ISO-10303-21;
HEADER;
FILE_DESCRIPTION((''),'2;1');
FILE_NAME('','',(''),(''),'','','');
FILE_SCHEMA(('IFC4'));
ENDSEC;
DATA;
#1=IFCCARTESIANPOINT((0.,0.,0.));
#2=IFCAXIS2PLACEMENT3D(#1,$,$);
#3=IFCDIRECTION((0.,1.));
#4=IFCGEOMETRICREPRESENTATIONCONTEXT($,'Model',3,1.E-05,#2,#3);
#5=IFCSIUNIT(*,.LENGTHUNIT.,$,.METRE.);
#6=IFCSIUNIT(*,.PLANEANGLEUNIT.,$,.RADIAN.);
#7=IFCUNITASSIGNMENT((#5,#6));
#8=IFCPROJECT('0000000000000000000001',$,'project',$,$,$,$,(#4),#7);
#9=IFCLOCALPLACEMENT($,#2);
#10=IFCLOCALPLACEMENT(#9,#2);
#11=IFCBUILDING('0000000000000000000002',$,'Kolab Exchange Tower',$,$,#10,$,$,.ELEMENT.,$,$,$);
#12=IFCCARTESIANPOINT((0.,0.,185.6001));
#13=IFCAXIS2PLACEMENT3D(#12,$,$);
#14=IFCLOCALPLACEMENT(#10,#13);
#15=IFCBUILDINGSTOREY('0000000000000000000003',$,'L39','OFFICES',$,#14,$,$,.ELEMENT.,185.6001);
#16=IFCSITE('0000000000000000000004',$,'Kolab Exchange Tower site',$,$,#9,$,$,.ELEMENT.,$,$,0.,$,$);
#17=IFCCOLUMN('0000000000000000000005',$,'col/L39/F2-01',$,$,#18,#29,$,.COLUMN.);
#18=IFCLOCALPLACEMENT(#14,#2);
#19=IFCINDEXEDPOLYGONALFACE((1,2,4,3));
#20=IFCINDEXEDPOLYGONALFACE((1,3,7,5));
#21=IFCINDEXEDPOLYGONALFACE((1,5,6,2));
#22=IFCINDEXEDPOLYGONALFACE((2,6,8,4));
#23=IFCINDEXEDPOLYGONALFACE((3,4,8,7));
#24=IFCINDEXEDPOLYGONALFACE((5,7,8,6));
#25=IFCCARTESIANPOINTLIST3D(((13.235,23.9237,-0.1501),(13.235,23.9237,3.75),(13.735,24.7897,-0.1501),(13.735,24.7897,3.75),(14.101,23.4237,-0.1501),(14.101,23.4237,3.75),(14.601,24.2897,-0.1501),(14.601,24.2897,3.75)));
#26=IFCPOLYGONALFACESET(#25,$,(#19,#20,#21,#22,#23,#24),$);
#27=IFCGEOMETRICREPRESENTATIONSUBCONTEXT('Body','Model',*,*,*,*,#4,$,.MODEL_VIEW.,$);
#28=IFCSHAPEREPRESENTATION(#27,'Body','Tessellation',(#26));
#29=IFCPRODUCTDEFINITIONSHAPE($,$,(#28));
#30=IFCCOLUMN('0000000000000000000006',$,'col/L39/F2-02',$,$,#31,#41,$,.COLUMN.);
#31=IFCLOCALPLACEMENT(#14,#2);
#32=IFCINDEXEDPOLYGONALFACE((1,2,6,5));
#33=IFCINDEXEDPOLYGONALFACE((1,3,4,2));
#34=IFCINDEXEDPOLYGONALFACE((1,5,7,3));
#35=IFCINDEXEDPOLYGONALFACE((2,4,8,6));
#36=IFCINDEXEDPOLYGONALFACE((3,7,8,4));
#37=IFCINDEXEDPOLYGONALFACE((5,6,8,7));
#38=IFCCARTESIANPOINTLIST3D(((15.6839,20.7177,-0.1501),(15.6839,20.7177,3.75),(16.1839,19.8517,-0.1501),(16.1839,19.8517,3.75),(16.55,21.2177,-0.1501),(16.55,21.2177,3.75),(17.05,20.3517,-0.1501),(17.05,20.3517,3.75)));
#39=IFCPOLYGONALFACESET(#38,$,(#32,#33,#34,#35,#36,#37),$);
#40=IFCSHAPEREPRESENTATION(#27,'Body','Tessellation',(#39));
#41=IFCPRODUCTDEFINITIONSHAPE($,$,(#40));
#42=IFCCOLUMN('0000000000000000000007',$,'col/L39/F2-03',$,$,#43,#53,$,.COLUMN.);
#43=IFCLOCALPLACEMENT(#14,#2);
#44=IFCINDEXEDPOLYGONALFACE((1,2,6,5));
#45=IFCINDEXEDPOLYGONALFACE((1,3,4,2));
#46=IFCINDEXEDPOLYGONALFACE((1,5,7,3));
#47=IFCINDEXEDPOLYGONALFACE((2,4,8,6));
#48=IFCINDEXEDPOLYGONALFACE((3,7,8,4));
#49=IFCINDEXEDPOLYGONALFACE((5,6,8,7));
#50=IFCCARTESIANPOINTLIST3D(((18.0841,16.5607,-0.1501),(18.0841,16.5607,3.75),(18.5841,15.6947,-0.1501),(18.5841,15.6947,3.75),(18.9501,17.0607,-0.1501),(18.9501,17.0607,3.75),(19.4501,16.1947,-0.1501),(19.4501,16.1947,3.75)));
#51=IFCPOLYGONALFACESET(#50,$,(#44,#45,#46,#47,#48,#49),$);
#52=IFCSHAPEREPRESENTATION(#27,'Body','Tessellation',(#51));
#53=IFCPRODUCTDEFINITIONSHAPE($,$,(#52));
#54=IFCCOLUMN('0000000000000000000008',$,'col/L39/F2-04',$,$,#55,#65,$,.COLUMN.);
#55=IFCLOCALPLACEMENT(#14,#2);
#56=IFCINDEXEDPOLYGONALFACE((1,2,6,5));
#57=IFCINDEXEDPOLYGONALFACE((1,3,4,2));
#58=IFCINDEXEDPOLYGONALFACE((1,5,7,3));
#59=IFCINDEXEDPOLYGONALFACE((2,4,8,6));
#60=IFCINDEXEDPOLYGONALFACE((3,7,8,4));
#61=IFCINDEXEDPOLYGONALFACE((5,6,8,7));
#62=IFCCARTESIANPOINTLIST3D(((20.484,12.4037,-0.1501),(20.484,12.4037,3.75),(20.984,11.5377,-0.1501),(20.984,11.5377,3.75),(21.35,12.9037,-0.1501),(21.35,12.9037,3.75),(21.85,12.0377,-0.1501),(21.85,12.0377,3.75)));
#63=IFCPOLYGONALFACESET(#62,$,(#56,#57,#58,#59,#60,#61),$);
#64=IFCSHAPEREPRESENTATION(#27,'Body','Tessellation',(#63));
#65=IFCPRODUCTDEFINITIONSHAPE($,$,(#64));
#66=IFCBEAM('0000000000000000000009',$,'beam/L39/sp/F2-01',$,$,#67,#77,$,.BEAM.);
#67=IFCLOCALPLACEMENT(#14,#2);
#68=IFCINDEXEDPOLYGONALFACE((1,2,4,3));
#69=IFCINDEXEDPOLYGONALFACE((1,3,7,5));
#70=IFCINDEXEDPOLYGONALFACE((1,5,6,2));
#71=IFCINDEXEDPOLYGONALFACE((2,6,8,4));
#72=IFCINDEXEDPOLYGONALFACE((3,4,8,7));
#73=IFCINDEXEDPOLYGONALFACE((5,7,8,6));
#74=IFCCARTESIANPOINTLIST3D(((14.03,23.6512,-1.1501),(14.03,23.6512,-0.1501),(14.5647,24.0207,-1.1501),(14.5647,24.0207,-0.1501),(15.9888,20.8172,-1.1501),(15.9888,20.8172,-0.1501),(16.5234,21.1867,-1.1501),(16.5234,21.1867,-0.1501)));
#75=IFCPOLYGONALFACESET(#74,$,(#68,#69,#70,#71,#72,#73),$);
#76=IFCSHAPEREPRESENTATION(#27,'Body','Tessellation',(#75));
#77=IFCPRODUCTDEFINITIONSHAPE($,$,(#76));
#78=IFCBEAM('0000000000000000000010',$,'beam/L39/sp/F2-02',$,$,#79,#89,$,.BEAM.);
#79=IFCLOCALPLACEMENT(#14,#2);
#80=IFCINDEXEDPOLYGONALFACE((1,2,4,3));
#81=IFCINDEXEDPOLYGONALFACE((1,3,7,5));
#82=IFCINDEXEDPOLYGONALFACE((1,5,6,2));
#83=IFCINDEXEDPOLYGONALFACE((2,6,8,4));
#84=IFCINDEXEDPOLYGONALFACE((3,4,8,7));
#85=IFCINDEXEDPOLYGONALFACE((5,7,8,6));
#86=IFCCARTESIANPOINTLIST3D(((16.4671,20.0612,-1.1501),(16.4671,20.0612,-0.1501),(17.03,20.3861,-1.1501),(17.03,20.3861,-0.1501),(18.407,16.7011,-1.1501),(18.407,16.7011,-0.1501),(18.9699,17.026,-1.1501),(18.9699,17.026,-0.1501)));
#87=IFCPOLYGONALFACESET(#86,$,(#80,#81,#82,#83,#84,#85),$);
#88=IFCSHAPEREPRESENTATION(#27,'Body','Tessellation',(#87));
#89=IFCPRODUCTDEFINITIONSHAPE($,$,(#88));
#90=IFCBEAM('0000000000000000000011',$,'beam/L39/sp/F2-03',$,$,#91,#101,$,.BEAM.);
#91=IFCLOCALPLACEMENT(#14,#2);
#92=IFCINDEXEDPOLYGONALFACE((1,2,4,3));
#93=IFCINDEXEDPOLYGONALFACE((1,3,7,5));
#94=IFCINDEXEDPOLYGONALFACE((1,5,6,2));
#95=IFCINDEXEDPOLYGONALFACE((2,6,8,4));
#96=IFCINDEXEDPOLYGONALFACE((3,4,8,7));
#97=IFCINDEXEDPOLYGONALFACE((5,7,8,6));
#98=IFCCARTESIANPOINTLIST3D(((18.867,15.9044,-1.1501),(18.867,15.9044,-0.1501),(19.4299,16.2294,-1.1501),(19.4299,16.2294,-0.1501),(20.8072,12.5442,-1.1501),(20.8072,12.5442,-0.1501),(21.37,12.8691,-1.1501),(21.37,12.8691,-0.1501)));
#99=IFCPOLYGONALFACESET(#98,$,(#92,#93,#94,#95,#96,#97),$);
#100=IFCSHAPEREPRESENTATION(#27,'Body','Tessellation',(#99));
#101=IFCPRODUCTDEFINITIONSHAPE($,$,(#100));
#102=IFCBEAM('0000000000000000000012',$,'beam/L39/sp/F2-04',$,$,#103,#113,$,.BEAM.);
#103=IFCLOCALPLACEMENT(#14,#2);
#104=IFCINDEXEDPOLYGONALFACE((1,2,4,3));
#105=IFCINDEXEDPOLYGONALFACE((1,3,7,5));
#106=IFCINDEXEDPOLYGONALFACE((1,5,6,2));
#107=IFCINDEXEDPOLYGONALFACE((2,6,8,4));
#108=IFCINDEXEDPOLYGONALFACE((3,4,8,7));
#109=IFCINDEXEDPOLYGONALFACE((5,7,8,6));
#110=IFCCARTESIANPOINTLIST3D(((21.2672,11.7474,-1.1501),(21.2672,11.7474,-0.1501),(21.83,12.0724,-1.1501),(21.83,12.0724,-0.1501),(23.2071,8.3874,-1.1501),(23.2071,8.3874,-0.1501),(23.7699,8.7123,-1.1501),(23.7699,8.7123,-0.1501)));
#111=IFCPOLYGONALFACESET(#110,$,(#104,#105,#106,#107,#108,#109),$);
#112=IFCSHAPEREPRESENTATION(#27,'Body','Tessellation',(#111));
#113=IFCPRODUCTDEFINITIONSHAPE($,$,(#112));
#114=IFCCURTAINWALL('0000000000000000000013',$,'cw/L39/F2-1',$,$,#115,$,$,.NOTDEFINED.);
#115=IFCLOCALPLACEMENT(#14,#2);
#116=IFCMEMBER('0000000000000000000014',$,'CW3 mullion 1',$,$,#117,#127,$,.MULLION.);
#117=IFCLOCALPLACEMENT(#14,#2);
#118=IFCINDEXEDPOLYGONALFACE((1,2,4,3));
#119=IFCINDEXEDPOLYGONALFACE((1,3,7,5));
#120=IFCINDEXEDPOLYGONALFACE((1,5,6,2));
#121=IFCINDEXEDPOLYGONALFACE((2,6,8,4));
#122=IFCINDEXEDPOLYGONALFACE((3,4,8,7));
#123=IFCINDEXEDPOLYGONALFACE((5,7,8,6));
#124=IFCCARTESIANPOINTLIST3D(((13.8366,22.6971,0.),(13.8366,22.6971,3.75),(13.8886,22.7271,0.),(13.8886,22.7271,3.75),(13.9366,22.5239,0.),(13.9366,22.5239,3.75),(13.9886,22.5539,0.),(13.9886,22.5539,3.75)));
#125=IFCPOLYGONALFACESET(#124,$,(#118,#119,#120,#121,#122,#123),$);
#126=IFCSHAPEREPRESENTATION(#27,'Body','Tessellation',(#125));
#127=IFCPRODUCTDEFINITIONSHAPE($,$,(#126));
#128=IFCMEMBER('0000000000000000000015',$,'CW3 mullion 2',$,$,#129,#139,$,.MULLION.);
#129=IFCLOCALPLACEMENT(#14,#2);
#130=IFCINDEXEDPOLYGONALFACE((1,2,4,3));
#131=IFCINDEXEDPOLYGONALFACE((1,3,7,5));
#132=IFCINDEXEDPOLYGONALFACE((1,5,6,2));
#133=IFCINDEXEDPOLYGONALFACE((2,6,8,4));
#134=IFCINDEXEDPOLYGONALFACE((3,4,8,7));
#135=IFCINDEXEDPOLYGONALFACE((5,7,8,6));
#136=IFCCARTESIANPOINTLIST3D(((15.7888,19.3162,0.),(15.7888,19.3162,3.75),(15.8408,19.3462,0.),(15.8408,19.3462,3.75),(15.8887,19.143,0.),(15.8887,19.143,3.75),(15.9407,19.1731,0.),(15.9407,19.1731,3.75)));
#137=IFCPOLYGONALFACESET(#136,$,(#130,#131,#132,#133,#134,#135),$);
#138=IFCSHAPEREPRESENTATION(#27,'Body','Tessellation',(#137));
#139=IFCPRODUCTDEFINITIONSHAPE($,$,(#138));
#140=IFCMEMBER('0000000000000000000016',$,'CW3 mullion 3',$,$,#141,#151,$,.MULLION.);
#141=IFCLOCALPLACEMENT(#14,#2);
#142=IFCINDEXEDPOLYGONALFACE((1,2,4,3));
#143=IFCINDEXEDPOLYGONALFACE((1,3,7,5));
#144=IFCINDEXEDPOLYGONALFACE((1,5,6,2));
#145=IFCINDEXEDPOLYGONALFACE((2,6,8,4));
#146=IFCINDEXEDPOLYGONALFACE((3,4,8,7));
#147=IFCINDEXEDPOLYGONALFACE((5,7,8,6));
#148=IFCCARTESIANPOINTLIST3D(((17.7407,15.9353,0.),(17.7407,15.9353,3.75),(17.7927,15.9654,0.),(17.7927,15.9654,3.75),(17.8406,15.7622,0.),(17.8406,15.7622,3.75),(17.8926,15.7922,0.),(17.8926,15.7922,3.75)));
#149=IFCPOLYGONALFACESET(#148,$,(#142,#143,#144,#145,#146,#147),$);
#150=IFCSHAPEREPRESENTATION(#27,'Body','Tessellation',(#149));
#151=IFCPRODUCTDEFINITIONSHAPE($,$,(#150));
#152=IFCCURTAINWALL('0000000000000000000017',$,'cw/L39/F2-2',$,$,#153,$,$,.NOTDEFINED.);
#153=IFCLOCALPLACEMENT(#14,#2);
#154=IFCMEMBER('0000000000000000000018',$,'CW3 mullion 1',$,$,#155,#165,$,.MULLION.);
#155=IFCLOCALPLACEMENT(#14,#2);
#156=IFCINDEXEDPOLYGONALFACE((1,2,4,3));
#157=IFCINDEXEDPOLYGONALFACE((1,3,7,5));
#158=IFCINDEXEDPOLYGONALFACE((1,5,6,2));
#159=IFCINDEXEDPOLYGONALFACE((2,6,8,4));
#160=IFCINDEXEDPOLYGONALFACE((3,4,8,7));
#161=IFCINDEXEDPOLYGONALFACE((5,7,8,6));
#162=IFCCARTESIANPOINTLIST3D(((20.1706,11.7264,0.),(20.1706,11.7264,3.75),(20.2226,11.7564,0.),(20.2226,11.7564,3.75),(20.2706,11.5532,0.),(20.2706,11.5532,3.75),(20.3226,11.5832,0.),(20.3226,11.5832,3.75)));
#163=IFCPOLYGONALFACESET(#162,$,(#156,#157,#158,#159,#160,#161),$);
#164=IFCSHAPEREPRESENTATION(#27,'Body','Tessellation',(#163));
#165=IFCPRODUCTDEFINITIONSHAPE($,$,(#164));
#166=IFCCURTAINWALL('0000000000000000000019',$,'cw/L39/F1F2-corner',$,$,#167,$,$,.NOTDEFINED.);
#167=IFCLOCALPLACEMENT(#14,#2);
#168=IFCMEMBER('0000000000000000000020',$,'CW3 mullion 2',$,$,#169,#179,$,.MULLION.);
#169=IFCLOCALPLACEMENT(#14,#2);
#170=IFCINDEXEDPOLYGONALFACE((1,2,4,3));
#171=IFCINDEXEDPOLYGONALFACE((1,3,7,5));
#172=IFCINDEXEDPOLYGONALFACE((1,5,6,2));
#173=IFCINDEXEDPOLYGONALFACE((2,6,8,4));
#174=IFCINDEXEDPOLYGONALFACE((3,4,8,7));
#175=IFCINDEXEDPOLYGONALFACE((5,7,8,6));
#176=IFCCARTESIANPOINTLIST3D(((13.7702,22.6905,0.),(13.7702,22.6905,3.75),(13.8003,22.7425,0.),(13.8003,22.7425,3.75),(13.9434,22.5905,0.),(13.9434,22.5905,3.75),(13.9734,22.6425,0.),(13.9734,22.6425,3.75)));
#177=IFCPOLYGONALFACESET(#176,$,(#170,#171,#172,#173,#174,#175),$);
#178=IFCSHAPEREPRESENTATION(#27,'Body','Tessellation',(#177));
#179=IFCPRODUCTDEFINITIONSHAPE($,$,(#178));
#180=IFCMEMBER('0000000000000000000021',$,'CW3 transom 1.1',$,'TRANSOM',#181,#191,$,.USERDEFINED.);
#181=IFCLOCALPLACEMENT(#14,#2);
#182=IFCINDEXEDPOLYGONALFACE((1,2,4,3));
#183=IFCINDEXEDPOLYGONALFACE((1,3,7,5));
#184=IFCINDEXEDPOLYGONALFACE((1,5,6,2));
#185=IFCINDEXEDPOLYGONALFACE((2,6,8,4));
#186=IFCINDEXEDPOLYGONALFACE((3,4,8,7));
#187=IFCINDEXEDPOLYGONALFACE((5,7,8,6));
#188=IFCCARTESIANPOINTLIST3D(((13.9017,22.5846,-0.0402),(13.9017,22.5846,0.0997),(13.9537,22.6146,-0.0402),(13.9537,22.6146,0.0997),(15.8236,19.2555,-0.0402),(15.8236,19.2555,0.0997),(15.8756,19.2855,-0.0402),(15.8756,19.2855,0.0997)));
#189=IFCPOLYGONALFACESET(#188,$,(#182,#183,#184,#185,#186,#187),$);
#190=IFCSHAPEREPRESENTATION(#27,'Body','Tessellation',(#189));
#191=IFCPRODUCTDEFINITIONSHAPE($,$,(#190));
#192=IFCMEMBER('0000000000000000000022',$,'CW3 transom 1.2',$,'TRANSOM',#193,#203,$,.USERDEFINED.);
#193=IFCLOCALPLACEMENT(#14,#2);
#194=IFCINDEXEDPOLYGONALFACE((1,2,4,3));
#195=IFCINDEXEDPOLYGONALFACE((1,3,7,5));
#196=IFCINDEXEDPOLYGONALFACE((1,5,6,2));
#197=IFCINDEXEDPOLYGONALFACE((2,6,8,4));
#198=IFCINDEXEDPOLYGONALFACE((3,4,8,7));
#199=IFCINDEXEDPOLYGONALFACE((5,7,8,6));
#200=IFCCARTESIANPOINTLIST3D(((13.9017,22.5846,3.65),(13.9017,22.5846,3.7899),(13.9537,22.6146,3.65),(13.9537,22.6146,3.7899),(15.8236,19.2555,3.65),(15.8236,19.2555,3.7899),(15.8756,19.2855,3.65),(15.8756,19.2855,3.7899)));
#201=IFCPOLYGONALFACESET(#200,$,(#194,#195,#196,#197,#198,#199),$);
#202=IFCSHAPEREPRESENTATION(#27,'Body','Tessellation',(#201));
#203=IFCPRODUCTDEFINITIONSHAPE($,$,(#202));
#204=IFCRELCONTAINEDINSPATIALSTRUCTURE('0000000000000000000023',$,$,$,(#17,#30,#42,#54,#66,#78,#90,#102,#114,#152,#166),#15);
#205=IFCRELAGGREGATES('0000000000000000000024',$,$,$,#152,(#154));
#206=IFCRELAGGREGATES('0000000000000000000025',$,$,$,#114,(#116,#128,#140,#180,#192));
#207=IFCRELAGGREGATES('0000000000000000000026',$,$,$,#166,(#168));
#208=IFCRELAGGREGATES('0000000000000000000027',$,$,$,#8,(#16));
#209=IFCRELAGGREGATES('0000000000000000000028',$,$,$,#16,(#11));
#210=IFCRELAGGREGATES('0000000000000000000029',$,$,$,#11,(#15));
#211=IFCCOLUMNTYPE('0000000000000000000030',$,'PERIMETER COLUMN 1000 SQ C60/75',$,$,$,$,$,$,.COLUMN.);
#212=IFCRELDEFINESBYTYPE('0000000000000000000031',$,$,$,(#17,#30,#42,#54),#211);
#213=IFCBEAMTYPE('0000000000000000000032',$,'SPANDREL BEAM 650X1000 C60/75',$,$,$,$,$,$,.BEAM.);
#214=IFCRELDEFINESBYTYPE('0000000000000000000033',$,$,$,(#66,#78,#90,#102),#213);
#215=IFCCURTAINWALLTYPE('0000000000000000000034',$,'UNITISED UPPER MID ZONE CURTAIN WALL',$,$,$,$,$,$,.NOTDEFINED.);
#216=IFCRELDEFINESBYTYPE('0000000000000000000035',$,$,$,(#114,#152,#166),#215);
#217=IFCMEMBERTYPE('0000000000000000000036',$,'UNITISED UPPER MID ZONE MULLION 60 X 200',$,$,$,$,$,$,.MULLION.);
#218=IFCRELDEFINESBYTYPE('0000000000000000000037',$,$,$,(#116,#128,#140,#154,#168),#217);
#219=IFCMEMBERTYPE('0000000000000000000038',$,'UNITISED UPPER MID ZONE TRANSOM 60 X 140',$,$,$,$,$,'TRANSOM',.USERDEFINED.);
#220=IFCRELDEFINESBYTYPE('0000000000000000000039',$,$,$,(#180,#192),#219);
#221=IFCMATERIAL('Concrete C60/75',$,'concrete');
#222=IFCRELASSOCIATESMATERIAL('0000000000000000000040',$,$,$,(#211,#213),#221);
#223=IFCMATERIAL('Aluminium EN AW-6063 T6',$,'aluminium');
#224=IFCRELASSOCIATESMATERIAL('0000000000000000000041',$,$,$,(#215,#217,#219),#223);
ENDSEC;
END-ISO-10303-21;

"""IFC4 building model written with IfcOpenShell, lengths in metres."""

from ifc_helpers import new_model, si_unit, direction, frame, origin, origin_2d, place, context, subcontext, project, spatial, rectangle, extrude, material, material_profile, profile_set, type_object, element, aggregate, save


model = new_model("IFC4")

# Units and contexts
model_context = context("Model", 3, precision=1e-05, world=origin(), true_north=direction((0.0, 1.0)))
body_context = subcontext(model_context, "Body", "Model", "MODEL_VIEW")
ifc_project = project(units=[si_unit("LENGTHUNIT", "METRE"), si_unit("PLANEANGLEUNIT", "RADIAN")], contexts=[model_context])

# Site, building, storey
site_placement = place(None, origin())
site = spatial("IfcSite", under=ifc_project, at=site_placement, Name="Kolab Exchange Tower site", CompositionType="ELEMENT", RefElevation=0.0)
building_placement = place(site_placement, origin())
building = spatial("IfcBuilding", under=site, at=building_placement, Name="Kolab Exchange Tower", CompositionType="ELEMENT")
storey_placement = place(building_placement, frame((0.0, 0.0, 185.6001)))
storey = spatial("IfcBuildingStorey", under=building, at=storey_placement, Name="L39", Description="OFFICES", CompositionType="ELEMENT", Elevation=185.6001)

# Columns
ifc_material_1 = material(Name="Concrete C60/75", Category="concrete")
ifc_material_profile_1 = material_profile(ifc_material_1, rectangle(XDim=1.0, YDim=1.0, at=origin_2d()), Name="RC1000")
ifc_profile_set_1 = profile_set([ifc_material_profile_1], Name="Concrete C60/75")
column_type = type_object("IfcColumnType", Name="PERIMETER COLUMN 1000 SQ C60/75", PredefinedType="COLUMN", material=ifc_profile_set_1)
for number, where, z_axis, x_axis, name in (
    (1, (13.918, 24.1067, -0.1501), (0.0, 0.0, 1.0), (0.5, 0.866025, 0.0), "col/L39/F2-01"),
    (2, (16.3669, 20.5347, -0.1501), (0.0, 0.0, 1.0), (0.866025, 0.5, 0.0), "col/L39/F2-02"),
    (3, (18.7671, 16.3777, -0.1501), (0.0, 0.0, 1.0), (0.866025, 0.5, 0.0), "col/L39/F2-03"),
    (4, (21.167, 12.2207, -0.1501), (0.0, 0.0, 1.0), (0.866025, 0.5, 0.0), "col/L39/F2-04"),
):
    element("IfcColumn", number, at=place(storey_placement, frame(where, z_axis=z_axis, x_axis=x_axis)), inside=storey, type_object=column_type, Name=name, PredefinedType="COLUMN", context=body_context, shape_type="SweptSolid", body=[
        extrude(rectangle(XDim=1.0, YDim=1.0, at=origin_2d()), origin(), (0.0, 0.0, 1.0), 3.9001),
    ])

# Beams
ifc_material_profile_2 = material_profile(ifc_material_1, rectangle(XDim=0.6499, YDim=1.0, at=origin_2d()), Name="RC650X1000")
ifc_profile_set_2 = profile_set([ifc_material_profile_2], Name="Concrete C60/75")
beam_type = type_object("IfcBeamType", Name="SPANDREL BEAM 650X1000 C60/75", PredefinedType="BEAM", material=ifc_profile_set_2)
beam_1_placement = place(storey_placement, frame((14.2974, 23.8359, -0.6501), z_axis=(0.568572, -0.822633, 0.0), x_axis=(0.822633, 0.568572, 0.0)))
element("IfcBeam", 5, at=beam_1_placement, inside=storey, type_object=beam_type, Name="beam/L39/sp/F2-01", PredefinedType="BEAM", context=body_context, shape_type="SweptSolid", body=[
    extrude(rectangle(XDim=0.6499, YDim=1.0, at=origin_2d()), origin(), (0.0, 0.0, 1.0), 3.4451),
])
beam_2_placement = place(storey_placement, frame((16.7485, 20.2236, -0.6501), z_axis=(0.499997, -0.866027, 0.0), x_axis=(0.866027, 0.499997, 0.0)))
element("IfcBeam", 6, at=beam_2_placement, inside=storey, type_object=beam_type, Name="beam/L39/sp/F2-02", PredefinedType="BEAM", context=body_context, shape_type="SweptSolid", body=[
    extrude(rectangle(XDim=0.6499, YDim=1.0, at=origin_2d()), origin(), (0.0, 0.0, 1.0), 3.8799),
])
beam_3_placement = place(storey_placement, frame((19.1484, 16.0669, -0.6501), z_axis=(0.500017, -0.866016, 0.0), x_axis=(0.866016, 0.500017, 0.0)))
element("IfcBeam", 7, at=beam_3_placement, inside=storey, type_object=beam_type, Name="beam/L39/sp/F2-03", PredefinedType="BEAM", context=body_context, shape_type="SweptSolid", body=[
    extrude(rectangle(XDim=0.6499, YDim=1.0, at=origin_2d()), origin(), (0.0, 0.0, 1.0), 3.8801),
])
beam_4_placement = place(storey_placement, frame((21.5486, 11.9099, -0.6501), z_axis=(0.499997, -0.866027, 0.0), x_axis=(0.866027, 0.499997, 0.0)))
element("IfcBeam", 8, at=beam_4_placement, inside=storey, type_object=beam_type, Name="beam/L39/sp/F2-04", PredefinedType="BEAM", context=body_context, shape_type="SweptSolid", body=[
    extrude(rectangle(XDim=0.6499, YDim=1.0, at=origin_2d()), origin(), (0.0, 0.0, 1.0), 3.8799),
])

# Curtain wall, members
ifc_material_2 = material(Name="Aluminium EN AW-6063 T6", Category="aluminium")
curtain_wall_type = type_object("IfcCurtainWallType", Name="UNITISED UPPER MID ZONE CURTAIN WALL", PredefinedType="NOTDEFINED", material=ifc_material_2)
curtain_wall_1_placement = place(storey_placement, origin())
curtain_wall_1 = element("IfcCurtainWall", 9, at=curtain_wall_1_placement, inside=storey, type_object=curtain_wall_type, Name="cw/L39/F2-1", PredefinedType="NOTDEFINED")
ifc_material_profile_3 = material_profile(ifc_material_2, rectangle(XDim=0.0601, YDim=0.2, at=origin_2d()), Name="RECT 60X200")
ifc_profile_set_3 = profile_set([ifc_material_profile_3], Name="Aluminium EN AW-6063 T6")
member_type_1 = type_object("IfcMemberType", Name="UNITISED UPPER MID ZONE MULLION 60 X 200", PredefinedType="MULLION", material=ifc_profile_set_3)
member_1_placement = place(storey_placement, frame((13.9126, 22.6255, 0.0), z_axis=(0.0, 0.0, 1.0), x_axis=(0.866025, 0.5, 0.0)))
member_1 = element("IfcMember", 10, at=member_1_placement, type_object=member_type_1, Name="CW3 mullion 1", PredefinedType="MULLION", context=body_context, shape_type="SweptSolid", body=[
    extrude(rectangle(XDim=0.0601, YDim=0.2, at=origin_2d()), origin(), (0.0, 0.0, 1.0), 3.75),
])
member_2_placement = place(storey_placement, frame((15.8647, 19.2446, 0.0), z_axis=(0.0, 0.0, 1.0), x_axis=(0.866025, 0.5, 0.0)))
member_2 = element("IfcMember", 11, at=member_2_placement, type_object=member_type_1, Name="CW3 mullion 2", PredefinedType="MULLION", context=body_context, shape_type="SweptSolid", body=[
    extrude(rectangle(XDim=0.0601, YDim=0.2, at=origin_2d()), origin(), (0.0, 0.0, 1.0), 3.75),
])
member_3_placement = place(storey_placement, frame((17.8167, 15.8638, 0.0), z_axis=(0.0, 0.0, 1.0), x_axis=(0.866025, 0.5, 0.0)))
member_3 = element("IfcMember", 12, at=member_3_placement, type_object=member_type_1, Name="CW3 mullion 3", PredefinedType="MULLION", context=body_context, shape_type="SweptSolid", body=[
    extrude(rectangle(XDim=0.0601, YDim=0.2, at=origin_2d()), origin(), (0.0, 0.0, 1.0), 3.75),
])

# Curtain walls, members
curtain_wall_2_placement = place(storey_placement, origin())
curtain_wall_2 = element("IfcCurtainWall", 13, at=curtain_wall_2_placement, inside=storey, type_object=curtain_wall_type, Name="cw/L39/F2-2", PredefinedType="NOTDEFINED")
member_4_placement = place(storey_placement, frame((20.2466, 11.6548, 0.0), z_axis=(0.0, 0.0, 1.0), x_axis=(0.866025, 0.5, 0.0)))
member_4 = element("IfcMember", 14, at=member_4_placement, type_object=member_type_1, Name="CW3 mullion 1", PredefinedType="MULLION", context=body_context, shape_type="SweptSolid", body=[
    extrude(rectangle(XDim=0.0601, YDim=0.2, at=origin_2d()), origin(), (0.0, 0.0, 1.0), 3.75),
])
aggregate(curtain_wall_2, [member_4])
curtain_wall_3_placement = place(storey_placement, origin())
curtain_wall_3 = element("IfcCurtainWall", 15, at=curtain_wall_3_placement, inside=storey, type_object=curtain_wall_type, Name="cw/L39/F1F2-corner", PredefinedType="NOTDEFINED")
member_5_placement = place(storey_placement, frame((13.8718, 22.6665, 0.0), z_axis=(0.0, 0.0, 1.0), x_axis=(0.5, 0.866025, 0.0)))
member_5 = element("IfcMember", 16, at=member_5_placement, type_object=member_type_1, Name="CW3 mullion 2", PredefinedType="MULLION", context=body_context, shape_type="SweptSolid", body=[
    extrude(rectangle(XDim=0.0601, YDim=0.2, at=origin_2d()), origin(), (0.0, 0.0, 1.0), 3.75),
])

# Members
ifc_material_profile_4 = material_profile(ifc_material_2, rectangle(XDim=0.0601, YDim=0.1399, at=origin_2d()), Name="RECT 60X140")
ifc_profile_set_4 = profile_set([ifc_material_profile_4], Name="Aluminium EN AW-6063 T6")
member_type_2 = type_object("IfcMemberType", Name="UNITISED UPPER MID ZONE TRANSOM 60 X 140", ElementType="TRANSOM", PredefinedType="USERDEFINED", material=ifc_profile_set_4)
member_6_placement = place(storey_placement, frame((13.9277, 22.5996, 0.0298), z_axis=(0.499964, -0.866046, 0.0), x_axis=(0.866046, 0.499964, 0.0)))
member_6 = element("IfcMember", 17, at=member_6_placement, type_object=member_type_2, Name="CW3 transom 1.1", ObjectType="TRANSOM", PredefinedType="USERDEFINED", context=body_context, shape_type="SweptSolid", body=[
    extrude(rectangle(XDim=0.0601, YDim=0.1399, at=origin_2d()), origin(), (0.0, 0.0, 1.0), 3.844),
])
member_7_placement = place(storey_placement, frame((13.9277, 22.5996, 3.72), z_axis=(0.499964, -0.866046, 0.0), x_axis=(0.866046, 0.499964, 0.0)))
member_7 = element("IfcMember", 18, at=member_7_placement, type_object=member_type_2, Name="CW3 transom 1.2", ObjectType="TRANSOM", PredefinedType="USERDEFINED", context=body_context, shape_type="SweptSolid", body=[
    extrude(rectangle(XDim=0.0601, YDim=0.1399, at=origin_2d()), origin(), (0.0, 0.0, 1.0), 3.844),
])

aggregate(curtain_wall_1, [member_1, member_2, member_3, member_6, member_7])
aggregate(curtain_wall_3, [member_5])

save(model, "model.ifc")
